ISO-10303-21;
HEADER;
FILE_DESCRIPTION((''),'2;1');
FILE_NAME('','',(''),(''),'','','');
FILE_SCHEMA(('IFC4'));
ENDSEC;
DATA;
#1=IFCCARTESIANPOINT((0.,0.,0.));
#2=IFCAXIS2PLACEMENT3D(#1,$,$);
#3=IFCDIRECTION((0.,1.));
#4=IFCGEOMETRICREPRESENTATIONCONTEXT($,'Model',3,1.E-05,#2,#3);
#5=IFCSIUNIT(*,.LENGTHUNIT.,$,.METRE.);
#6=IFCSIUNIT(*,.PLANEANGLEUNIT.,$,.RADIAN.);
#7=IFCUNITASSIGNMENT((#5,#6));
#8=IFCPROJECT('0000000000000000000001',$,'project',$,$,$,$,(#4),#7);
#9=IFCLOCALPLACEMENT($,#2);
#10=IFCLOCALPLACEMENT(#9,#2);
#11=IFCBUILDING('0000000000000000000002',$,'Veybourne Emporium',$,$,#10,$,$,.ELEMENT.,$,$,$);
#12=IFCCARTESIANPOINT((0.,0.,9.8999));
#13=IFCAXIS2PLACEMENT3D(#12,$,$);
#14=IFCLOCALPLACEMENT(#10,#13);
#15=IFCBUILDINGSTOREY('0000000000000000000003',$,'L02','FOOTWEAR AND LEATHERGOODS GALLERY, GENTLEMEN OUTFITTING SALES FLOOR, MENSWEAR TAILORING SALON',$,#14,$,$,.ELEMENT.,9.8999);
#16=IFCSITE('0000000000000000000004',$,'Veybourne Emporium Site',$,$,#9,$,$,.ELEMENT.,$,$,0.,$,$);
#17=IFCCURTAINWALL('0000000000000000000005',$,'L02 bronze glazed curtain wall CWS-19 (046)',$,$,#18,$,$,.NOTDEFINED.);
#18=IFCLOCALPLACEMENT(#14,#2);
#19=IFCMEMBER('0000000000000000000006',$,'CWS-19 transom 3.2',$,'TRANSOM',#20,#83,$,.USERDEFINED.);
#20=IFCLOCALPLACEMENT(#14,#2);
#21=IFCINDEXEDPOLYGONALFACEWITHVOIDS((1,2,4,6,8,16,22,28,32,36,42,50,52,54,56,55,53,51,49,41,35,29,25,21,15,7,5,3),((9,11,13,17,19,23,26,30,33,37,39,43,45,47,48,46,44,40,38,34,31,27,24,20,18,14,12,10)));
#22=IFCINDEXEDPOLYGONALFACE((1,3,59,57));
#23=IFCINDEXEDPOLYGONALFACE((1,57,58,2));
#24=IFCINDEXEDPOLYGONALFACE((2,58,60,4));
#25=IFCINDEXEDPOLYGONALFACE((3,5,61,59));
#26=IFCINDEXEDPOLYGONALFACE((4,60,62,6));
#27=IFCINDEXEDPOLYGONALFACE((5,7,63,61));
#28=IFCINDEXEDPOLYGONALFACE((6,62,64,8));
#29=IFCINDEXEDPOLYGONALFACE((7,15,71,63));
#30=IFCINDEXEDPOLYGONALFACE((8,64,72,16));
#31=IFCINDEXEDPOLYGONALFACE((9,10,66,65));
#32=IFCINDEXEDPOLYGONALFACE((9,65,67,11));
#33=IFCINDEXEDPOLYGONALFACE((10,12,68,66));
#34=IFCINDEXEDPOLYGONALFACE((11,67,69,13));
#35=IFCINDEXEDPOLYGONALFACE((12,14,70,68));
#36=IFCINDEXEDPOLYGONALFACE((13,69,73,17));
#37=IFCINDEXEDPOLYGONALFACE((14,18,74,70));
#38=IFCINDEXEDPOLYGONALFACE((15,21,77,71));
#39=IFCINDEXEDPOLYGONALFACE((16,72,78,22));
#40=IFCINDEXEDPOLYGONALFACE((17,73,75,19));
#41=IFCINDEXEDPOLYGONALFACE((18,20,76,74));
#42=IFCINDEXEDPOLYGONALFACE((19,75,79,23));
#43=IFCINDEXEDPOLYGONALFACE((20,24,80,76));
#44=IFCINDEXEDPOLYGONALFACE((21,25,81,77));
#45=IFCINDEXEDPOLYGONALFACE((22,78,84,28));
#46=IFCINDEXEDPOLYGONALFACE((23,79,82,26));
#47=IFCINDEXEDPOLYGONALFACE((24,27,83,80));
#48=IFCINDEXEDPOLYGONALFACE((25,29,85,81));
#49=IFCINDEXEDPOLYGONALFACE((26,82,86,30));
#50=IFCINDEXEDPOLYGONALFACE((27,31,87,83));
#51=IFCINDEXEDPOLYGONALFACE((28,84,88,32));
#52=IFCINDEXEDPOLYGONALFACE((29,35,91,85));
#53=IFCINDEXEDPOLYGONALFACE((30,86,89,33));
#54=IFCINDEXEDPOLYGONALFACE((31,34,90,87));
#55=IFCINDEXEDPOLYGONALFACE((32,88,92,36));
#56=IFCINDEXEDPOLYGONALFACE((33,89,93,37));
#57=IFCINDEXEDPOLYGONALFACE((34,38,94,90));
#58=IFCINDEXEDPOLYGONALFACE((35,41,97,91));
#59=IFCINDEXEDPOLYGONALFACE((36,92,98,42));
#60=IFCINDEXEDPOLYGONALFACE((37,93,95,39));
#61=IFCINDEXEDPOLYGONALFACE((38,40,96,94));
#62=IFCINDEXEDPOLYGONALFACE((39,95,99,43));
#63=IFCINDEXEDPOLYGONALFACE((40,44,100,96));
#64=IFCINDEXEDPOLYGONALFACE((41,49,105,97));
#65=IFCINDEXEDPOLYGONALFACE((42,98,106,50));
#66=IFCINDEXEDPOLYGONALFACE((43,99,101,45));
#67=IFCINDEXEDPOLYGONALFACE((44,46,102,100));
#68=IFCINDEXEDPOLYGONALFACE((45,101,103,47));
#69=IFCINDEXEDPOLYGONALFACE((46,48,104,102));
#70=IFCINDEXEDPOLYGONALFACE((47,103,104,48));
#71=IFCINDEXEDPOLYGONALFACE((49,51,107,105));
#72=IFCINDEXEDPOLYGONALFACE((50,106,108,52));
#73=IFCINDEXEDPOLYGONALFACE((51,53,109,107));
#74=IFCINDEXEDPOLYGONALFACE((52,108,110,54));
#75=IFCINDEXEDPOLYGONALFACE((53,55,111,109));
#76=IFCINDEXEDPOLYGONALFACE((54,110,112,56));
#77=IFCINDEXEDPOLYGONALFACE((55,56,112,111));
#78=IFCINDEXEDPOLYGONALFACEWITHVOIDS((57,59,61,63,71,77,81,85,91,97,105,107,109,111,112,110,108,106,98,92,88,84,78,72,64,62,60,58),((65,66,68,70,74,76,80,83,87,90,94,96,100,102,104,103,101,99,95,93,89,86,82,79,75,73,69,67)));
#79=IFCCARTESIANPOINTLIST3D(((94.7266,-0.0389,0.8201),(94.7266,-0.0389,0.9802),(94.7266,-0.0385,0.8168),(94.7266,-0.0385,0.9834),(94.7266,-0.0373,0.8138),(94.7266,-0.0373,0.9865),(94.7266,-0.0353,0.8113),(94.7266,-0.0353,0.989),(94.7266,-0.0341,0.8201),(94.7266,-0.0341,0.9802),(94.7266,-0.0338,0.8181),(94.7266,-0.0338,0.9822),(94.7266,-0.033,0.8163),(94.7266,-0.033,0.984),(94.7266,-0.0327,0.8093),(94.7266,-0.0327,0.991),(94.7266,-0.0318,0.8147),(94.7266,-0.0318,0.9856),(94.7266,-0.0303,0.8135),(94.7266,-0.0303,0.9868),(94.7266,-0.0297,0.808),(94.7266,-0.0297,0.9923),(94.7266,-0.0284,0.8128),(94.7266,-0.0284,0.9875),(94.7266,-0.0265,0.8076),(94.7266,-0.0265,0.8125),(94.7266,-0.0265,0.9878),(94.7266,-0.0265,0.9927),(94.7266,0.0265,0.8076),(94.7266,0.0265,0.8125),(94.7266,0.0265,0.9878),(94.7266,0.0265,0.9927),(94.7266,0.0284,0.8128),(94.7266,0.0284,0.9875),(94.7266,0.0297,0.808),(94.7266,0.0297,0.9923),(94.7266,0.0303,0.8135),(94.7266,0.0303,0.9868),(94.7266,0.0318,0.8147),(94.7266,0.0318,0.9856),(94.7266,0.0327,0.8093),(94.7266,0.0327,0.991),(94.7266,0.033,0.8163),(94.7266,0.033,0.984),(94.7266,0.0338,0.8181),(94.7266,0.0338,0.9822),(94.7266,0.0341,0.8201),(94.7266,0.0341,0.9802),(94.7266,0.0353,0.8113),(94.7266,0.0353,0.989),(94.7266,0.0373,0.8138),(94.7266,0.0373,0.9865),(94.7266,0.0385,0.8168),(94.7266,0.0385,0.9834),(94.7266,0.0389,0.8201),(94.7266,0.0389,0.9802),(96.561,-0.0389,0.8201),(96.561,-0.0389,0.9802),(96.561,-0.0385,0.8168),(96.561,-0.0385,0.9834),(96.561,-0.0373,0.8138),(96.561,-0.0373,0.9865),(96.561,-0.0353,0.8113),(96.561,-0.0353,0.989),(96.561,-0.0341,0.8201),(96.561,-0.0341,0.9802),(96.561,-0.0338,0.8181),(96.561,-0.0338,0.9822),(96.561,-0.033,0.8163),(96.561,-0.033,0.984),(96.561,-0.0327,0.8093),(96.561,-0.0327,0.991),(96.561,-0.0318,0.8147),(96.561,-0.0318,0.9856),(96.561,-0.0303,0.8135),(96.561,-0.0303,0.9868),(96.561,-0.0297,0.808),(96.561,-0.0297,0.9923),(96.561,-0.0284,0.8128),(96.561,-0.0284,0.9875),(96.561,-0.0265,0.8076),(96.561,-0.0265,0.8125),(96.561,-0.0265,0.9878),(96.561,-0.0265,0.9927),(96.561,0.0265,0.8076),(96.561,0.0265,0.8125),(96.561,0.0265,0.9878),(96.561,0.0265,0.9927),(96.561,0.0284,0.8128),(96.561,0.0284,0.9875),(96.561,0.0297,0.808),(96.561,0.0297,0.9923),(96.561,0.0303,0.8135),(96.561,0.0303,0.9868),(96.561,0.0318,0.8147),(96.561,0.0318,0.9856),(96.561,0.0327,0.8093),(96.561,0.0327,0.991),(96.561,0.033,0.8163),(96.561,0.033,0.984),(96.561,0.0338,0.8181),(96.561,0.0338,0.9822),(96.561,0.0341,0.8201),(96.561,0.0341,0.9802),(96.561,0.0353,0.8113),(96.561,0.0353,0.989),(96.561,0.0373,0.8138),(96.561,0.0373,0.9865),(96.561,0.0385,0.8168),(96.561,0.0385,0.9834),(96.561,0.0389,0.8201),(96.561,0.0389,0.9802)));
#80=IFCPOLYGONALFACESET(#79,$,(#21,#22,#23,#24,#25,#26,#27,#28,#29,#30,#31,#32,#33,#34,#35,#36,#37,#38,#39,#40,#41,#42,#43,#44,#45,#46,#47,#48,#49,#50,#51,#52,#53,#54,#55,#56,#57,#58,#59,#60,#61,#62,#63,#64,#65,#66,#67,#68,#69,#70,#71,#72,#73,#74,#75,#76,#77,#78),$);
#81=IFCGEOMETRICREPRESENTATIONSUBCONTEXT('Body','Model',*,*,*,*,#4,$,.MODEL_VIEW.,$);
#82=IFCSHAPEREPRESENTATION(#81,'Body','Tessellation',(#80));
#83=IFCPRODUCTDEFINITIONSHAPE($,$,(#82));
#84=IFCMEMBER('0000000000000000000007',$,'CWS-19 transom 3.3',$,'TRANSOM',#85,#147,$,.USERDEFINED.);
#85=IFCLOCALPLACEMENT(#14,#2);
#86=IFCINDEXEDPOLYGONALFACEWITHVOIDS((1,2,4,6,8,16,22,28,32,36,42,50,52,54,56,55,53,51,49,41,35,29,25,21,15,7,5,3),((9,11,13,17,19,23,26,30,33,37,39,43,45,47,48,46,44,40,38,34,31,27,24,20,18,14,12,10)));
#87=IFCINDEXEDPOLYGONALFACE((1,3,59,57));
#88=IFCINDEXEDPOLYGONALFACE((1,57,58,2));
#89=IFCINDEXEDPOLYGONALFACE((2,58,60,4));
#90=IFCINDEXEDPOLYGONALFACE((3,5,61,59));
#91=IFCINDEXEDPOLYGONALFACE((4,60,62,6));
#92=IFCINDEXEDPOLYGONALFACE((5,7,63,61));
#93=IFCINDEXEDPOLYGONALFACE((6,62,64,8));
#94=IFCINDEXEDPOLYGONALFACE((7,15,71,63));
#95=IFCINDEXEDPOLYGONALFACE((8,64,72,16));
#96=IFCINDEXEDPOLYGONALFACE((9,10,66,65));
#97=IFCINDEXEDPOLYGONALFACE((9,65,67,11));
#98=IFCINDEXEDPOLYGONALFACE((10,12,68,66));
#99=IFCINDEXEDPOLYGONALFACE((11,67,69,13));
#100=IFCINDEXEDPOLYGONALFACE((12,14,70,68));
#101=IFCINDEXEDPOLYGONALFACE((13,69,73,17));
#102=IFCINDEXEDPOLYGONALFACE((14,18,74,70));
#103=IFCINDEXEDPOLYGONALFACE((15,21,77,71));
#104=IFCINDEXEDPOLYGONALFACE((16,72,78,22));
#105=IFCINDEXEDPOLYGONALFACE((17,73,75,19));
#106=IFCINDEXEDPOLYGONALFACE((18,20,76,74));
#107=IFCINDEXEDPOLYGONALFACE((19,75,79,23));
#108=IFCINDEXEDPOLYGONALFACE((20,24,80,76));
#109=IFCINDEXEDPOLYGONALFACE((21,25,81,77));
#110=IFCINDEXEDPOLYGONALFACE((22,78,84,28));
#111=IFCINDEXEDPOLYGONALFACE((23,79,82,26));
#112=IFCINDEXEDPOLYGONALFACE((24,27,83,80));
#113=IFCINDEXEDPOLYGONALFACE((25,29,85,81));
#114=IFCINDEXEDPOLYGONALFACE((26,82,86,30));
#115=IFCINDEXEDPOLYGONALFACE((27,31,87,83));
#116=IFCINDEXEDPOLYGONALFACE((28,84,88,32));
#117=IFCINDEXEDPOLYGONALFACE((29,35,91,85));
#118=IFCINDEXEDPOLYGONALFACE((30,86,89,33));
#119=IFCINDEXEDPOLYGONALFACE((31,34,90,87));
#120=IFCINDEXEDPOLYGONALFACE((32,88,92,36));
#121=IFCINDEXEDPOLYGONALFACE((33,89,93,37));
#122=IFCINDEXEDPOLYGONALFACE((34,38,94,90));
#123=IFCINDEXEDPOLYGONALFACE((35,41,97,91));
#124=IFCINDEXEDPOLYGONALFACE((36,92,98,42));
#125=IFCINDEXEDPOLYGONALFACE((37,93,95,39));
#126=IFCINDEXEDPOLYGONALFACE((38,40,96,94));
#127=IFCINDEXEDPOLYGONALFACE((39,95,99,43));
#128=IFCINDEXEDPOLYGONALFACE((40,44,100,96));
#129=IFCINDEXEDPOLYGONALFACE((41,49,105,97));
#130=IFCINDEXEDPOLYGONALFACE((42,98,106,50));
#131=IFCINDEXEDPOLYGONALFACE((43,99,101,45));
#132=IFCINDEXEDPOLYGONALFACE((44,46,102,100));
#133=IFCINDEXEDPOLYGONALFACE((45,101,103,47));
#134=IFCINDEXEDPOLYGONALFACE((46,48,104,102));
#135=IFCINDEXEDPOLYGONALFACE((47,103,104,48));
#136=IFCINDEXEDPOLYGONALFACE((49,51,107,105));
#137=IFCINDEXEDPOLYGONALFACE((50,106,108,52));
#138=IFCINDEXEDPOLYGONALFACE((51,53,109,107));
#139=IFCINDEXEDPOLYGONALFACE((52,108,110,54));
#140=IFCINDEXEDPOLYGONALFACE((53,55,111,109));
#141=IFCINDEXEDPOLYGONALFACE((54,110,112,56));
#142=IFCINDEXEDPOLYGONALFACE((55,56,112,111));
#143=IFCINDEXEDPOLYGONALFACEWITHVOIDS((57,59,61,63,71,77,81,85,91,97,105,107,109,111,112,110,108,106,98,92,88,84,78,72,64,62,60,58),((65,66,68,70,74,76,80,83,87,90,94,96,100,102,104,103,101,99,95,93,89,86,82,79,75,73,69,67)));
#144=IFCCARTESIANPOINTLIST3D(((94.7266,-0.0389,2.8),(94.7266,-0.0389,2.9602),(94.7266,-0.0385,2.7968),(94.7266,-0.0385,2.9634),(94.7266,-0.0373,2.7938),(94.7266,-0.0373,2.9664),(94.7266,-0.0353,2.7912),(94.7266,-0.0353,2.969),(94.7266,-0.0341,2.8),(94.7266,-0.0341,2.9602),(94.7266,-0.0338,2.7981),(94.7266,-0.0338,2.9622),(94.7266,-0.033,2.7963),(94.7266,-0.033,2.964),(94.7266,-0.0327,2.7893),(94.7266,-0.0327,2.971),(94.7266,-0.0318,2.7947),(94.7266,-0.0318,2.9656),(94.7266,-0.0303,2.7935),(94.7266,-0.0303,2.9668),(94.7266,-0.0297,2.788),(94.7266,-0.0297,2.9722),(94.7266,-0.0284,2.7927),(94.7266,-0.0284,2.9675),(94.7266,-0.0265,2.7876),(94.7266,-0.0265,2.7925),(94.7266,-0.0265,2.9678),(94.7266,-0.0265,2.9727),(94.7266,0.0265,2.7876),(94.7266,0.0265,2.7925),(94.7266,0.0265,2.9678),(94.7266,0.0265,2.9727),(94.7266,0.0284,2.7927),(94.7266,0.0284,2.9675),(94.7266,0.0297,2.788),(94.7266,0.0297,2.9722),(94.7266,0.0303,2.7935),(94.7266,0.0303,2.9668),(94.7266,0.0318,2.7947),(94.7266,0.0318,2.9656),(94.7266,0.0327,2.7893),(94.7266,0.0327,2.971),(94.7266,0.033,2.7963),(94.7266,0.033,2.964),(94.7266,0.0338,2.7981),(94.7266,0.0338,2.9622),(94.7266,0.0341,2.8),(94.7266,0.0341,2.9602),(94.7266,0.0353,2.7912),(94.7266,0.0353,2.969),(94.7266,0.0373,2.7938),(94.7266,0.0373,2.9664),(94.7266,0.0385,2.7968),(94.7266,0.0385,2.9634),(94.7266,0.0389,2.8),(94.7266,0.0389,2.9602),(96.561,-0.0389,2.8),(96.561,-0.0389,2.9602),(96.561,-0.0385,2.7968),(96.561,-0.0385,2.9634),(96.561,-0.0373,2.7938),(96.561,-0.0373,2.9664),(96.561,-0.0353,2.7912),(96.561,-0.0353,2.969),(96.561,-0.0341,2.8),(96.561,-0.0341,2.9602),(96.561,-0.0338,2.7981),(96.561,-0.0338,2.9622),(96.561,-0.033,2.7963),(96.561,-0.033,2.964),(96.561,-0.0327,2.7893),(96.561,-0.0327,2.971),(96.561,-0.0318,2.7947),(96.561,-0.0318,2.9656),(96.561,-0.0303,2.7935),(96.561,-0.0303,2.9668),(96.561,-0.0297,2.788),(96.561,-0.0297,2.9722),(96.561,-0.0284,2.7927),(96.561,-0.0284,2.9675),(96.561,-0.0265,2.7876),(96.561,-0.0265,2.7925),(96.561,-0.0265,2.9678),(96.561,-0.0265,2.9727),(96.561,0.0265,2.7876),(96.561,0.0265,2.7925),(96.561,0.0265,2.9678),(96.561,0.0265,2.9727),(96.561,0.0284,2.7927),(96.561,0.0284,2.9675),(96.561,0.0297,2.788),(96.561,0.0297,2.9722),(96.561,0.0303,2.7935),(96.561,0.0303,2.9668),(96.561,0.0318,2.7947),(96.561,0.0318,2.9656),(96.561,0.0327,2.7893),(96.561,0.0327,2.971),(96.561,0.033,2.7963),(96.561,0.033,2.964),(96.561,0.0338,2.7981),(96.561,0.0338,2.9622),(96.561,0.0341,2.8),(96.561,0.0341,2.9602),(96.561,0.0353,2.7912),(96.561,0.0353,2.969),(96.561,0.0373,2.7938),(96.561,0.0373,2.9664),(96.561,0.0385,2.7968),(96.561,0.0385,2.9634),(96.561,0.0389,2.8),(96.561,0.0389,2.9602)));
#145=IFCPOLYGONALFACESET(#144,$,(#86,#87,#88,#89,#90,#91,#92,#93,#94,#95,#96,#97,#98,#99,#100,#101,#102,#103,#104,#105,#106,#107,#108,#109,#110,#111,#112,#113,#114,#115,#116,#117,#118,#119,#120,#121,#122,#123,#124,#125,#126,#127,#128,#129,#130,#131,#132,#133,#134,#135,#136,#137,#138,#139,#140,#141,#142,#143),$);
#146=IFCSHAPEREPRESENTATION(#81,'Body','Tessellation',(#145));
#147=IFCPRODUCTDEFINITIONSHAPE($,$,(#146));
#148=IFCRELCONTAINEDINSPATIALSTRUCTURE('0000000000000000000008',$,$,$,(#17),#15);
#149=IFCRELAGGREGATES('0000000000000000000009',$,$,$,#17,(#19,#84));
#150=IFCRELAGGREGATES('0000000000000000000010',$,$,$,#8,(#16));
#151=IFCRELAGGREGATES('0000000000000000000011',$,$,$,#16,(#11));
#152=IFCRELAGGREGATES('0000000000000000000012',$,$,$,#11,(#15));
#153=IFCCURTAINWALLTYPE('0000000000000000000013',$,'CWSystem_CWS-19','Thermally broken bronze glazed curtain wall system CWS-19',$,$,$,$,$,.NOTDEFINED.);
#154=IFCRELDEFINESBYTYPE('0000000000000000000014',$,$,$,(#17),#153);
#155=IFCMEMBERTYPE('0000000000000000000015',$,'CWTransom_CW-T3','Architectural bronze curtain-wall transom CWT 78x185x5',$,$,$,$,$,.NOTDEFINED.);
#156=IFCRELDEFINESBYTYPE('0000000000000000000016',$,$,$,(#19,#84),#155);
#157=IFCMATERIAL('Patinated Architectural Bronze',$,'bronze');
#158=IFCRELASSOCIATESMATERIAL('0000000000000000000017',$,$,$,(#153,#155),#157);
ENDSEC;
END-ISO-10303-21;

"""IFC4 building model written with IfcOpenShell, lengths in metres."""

from ifc_helpers import new_model, si_unit, direction, frame, origin, origin_2d, place, context, subcontext, project, spatial, hollow_rectangle, extrude, material, material_profile, profile_set, type_object, element, aggregate, save


model = new_model("IFC4")

# Units and contexts
model_context = context("Model", 3, precision=1e-05, world=origin(), true_north=direction((0.0, 1.0)))
body_context = subcontext(model_context, "Body", "Model", "MODEL_VIEW")
ifc_project = project(units=[si_unit("LENGTHUNIT", "METRE"), si_unit("PLANEANGLEUNIT", "RADIAN")], contexts=[model_context])

# Site, building, storey
site_placement = place(None, origin())
site = spatial("IfcSite", under=ifc_project, at=site_placement, Name="Veybourne Emporium Site", CompositionType="ELEMENT", RefElevation=0.0)
building_placement = place(site_placement, origin())
building = spatial("IfcBuilding", under=site, at=building_placement, Name="Veybourne Emporium", CompositionType="ELEMENT")
storey_placement = place(building_placement, frame((0.0, 0.0, 9.8999)))
storey = spatial("IfcBuildingStorey", under=building, at=storey_placement, Name="L02", Description="FOOTWEAR AND LEATHERGOODS GALLERY, GENTLEMEN OUTFITTING SALES FLOOR, MENSWEAR TAILORING SALON", CompositionType="ELEMENT", Elevation=9.8999)

# Curtain wall, members
ifc_material_1 = material(Name="Patinated Architectural Bronze", Category="bronze")
curtain_wall_type = type_object("IfcCurtainWallType", Name="CWSystem_CWS-19", Description="Thermally broken bronze glazed curtain wall system CWS-19", PredefinedType="NOTDEFINED", material=ifc_material_1)
curtain_wall_placement = place(storey_placement, origin())
curtain_wall = element("IfcCurtainWall", 1, at=curtain_wall_placement, inside=storey, type_object=curtain_wall_type, Name="L02 bronze glazed curtain wall CWS-19 (046)", PredefinedType="NOTDEFINED")
ifc_material_profile_1 = material_profile(ifc_material_1, hollow_rectangle(XDim=0.0779, YDim=0.1851, WallThickness=0.0049, InnerFilletRadius=0.0076, OuterFilletRadius=0.0125, at=origin_2d()), Name="CWT 78x185x5")
ifc_profile_set_1 = profile_set([ifc_material_profile_1], Name="Patinated Architectural Bronze")
member_type_1 = type_object("IfcMemberType", Name="CWTransom_CW-T3", Description="Architectural bronze curtain-wall transom CWT 78x185x5", PredefinedType="NOTDEFINED", material=ifc_profile_set_1)
member_1_placement = place(storey_placement, frame((96.561, 0.0, 0.9001), z_axis=(-1.0, 0.0, 0.0), x_axis=(0.0, -1.0, 0.0)))
member_1 = element("IfcMember", 2, at=member_1_placement, type_object=member_type_1, Name="CWS-19 transom 3.2", ObjectType="TRANSOM", PredefinedType="USERDEFINED", context=body_context, shape_type="SweptSolid", body=[
    extrude(hollow_rectangle(XDim=0.0779, YDim=0.1851, WallThickness=0.0049, InnerFilletRadius=0.0076, OuterFilletRadius=0.0125, at=origin_2d()), origin(), (0.0, 0.0, 1.0), 1.8345),
])
member_2_placement = place(storey_placement, frame((96.561, 0.0, 2.8801), z_axis=(-1.0, 0.0, 0.0), x_axis=(0.0, -1.0, 0.0)))
member_2 = element("IfcMember", 3, at=member_2_placement, type_object=member_type_1, Name="CWS-19 transom 3.3", ObjectType="TRANSOM", PredefinedType="USERDEFINED", context=body_context, shape_type="SweptSolid", body=[
    extrude(hollow_rectangle(XDim=0.0779, YDim=0.1851, WallThickness=0.0049, InnerFilletRadius=0.0076, OuterFilletRadius=0.0125, at=origin_2d()), origin(), (0.0, 0.0, 1.0), 1.8345),
])
aggregate(curtain_wall, [member_1, member_2])

save(model, "model.ifc")
